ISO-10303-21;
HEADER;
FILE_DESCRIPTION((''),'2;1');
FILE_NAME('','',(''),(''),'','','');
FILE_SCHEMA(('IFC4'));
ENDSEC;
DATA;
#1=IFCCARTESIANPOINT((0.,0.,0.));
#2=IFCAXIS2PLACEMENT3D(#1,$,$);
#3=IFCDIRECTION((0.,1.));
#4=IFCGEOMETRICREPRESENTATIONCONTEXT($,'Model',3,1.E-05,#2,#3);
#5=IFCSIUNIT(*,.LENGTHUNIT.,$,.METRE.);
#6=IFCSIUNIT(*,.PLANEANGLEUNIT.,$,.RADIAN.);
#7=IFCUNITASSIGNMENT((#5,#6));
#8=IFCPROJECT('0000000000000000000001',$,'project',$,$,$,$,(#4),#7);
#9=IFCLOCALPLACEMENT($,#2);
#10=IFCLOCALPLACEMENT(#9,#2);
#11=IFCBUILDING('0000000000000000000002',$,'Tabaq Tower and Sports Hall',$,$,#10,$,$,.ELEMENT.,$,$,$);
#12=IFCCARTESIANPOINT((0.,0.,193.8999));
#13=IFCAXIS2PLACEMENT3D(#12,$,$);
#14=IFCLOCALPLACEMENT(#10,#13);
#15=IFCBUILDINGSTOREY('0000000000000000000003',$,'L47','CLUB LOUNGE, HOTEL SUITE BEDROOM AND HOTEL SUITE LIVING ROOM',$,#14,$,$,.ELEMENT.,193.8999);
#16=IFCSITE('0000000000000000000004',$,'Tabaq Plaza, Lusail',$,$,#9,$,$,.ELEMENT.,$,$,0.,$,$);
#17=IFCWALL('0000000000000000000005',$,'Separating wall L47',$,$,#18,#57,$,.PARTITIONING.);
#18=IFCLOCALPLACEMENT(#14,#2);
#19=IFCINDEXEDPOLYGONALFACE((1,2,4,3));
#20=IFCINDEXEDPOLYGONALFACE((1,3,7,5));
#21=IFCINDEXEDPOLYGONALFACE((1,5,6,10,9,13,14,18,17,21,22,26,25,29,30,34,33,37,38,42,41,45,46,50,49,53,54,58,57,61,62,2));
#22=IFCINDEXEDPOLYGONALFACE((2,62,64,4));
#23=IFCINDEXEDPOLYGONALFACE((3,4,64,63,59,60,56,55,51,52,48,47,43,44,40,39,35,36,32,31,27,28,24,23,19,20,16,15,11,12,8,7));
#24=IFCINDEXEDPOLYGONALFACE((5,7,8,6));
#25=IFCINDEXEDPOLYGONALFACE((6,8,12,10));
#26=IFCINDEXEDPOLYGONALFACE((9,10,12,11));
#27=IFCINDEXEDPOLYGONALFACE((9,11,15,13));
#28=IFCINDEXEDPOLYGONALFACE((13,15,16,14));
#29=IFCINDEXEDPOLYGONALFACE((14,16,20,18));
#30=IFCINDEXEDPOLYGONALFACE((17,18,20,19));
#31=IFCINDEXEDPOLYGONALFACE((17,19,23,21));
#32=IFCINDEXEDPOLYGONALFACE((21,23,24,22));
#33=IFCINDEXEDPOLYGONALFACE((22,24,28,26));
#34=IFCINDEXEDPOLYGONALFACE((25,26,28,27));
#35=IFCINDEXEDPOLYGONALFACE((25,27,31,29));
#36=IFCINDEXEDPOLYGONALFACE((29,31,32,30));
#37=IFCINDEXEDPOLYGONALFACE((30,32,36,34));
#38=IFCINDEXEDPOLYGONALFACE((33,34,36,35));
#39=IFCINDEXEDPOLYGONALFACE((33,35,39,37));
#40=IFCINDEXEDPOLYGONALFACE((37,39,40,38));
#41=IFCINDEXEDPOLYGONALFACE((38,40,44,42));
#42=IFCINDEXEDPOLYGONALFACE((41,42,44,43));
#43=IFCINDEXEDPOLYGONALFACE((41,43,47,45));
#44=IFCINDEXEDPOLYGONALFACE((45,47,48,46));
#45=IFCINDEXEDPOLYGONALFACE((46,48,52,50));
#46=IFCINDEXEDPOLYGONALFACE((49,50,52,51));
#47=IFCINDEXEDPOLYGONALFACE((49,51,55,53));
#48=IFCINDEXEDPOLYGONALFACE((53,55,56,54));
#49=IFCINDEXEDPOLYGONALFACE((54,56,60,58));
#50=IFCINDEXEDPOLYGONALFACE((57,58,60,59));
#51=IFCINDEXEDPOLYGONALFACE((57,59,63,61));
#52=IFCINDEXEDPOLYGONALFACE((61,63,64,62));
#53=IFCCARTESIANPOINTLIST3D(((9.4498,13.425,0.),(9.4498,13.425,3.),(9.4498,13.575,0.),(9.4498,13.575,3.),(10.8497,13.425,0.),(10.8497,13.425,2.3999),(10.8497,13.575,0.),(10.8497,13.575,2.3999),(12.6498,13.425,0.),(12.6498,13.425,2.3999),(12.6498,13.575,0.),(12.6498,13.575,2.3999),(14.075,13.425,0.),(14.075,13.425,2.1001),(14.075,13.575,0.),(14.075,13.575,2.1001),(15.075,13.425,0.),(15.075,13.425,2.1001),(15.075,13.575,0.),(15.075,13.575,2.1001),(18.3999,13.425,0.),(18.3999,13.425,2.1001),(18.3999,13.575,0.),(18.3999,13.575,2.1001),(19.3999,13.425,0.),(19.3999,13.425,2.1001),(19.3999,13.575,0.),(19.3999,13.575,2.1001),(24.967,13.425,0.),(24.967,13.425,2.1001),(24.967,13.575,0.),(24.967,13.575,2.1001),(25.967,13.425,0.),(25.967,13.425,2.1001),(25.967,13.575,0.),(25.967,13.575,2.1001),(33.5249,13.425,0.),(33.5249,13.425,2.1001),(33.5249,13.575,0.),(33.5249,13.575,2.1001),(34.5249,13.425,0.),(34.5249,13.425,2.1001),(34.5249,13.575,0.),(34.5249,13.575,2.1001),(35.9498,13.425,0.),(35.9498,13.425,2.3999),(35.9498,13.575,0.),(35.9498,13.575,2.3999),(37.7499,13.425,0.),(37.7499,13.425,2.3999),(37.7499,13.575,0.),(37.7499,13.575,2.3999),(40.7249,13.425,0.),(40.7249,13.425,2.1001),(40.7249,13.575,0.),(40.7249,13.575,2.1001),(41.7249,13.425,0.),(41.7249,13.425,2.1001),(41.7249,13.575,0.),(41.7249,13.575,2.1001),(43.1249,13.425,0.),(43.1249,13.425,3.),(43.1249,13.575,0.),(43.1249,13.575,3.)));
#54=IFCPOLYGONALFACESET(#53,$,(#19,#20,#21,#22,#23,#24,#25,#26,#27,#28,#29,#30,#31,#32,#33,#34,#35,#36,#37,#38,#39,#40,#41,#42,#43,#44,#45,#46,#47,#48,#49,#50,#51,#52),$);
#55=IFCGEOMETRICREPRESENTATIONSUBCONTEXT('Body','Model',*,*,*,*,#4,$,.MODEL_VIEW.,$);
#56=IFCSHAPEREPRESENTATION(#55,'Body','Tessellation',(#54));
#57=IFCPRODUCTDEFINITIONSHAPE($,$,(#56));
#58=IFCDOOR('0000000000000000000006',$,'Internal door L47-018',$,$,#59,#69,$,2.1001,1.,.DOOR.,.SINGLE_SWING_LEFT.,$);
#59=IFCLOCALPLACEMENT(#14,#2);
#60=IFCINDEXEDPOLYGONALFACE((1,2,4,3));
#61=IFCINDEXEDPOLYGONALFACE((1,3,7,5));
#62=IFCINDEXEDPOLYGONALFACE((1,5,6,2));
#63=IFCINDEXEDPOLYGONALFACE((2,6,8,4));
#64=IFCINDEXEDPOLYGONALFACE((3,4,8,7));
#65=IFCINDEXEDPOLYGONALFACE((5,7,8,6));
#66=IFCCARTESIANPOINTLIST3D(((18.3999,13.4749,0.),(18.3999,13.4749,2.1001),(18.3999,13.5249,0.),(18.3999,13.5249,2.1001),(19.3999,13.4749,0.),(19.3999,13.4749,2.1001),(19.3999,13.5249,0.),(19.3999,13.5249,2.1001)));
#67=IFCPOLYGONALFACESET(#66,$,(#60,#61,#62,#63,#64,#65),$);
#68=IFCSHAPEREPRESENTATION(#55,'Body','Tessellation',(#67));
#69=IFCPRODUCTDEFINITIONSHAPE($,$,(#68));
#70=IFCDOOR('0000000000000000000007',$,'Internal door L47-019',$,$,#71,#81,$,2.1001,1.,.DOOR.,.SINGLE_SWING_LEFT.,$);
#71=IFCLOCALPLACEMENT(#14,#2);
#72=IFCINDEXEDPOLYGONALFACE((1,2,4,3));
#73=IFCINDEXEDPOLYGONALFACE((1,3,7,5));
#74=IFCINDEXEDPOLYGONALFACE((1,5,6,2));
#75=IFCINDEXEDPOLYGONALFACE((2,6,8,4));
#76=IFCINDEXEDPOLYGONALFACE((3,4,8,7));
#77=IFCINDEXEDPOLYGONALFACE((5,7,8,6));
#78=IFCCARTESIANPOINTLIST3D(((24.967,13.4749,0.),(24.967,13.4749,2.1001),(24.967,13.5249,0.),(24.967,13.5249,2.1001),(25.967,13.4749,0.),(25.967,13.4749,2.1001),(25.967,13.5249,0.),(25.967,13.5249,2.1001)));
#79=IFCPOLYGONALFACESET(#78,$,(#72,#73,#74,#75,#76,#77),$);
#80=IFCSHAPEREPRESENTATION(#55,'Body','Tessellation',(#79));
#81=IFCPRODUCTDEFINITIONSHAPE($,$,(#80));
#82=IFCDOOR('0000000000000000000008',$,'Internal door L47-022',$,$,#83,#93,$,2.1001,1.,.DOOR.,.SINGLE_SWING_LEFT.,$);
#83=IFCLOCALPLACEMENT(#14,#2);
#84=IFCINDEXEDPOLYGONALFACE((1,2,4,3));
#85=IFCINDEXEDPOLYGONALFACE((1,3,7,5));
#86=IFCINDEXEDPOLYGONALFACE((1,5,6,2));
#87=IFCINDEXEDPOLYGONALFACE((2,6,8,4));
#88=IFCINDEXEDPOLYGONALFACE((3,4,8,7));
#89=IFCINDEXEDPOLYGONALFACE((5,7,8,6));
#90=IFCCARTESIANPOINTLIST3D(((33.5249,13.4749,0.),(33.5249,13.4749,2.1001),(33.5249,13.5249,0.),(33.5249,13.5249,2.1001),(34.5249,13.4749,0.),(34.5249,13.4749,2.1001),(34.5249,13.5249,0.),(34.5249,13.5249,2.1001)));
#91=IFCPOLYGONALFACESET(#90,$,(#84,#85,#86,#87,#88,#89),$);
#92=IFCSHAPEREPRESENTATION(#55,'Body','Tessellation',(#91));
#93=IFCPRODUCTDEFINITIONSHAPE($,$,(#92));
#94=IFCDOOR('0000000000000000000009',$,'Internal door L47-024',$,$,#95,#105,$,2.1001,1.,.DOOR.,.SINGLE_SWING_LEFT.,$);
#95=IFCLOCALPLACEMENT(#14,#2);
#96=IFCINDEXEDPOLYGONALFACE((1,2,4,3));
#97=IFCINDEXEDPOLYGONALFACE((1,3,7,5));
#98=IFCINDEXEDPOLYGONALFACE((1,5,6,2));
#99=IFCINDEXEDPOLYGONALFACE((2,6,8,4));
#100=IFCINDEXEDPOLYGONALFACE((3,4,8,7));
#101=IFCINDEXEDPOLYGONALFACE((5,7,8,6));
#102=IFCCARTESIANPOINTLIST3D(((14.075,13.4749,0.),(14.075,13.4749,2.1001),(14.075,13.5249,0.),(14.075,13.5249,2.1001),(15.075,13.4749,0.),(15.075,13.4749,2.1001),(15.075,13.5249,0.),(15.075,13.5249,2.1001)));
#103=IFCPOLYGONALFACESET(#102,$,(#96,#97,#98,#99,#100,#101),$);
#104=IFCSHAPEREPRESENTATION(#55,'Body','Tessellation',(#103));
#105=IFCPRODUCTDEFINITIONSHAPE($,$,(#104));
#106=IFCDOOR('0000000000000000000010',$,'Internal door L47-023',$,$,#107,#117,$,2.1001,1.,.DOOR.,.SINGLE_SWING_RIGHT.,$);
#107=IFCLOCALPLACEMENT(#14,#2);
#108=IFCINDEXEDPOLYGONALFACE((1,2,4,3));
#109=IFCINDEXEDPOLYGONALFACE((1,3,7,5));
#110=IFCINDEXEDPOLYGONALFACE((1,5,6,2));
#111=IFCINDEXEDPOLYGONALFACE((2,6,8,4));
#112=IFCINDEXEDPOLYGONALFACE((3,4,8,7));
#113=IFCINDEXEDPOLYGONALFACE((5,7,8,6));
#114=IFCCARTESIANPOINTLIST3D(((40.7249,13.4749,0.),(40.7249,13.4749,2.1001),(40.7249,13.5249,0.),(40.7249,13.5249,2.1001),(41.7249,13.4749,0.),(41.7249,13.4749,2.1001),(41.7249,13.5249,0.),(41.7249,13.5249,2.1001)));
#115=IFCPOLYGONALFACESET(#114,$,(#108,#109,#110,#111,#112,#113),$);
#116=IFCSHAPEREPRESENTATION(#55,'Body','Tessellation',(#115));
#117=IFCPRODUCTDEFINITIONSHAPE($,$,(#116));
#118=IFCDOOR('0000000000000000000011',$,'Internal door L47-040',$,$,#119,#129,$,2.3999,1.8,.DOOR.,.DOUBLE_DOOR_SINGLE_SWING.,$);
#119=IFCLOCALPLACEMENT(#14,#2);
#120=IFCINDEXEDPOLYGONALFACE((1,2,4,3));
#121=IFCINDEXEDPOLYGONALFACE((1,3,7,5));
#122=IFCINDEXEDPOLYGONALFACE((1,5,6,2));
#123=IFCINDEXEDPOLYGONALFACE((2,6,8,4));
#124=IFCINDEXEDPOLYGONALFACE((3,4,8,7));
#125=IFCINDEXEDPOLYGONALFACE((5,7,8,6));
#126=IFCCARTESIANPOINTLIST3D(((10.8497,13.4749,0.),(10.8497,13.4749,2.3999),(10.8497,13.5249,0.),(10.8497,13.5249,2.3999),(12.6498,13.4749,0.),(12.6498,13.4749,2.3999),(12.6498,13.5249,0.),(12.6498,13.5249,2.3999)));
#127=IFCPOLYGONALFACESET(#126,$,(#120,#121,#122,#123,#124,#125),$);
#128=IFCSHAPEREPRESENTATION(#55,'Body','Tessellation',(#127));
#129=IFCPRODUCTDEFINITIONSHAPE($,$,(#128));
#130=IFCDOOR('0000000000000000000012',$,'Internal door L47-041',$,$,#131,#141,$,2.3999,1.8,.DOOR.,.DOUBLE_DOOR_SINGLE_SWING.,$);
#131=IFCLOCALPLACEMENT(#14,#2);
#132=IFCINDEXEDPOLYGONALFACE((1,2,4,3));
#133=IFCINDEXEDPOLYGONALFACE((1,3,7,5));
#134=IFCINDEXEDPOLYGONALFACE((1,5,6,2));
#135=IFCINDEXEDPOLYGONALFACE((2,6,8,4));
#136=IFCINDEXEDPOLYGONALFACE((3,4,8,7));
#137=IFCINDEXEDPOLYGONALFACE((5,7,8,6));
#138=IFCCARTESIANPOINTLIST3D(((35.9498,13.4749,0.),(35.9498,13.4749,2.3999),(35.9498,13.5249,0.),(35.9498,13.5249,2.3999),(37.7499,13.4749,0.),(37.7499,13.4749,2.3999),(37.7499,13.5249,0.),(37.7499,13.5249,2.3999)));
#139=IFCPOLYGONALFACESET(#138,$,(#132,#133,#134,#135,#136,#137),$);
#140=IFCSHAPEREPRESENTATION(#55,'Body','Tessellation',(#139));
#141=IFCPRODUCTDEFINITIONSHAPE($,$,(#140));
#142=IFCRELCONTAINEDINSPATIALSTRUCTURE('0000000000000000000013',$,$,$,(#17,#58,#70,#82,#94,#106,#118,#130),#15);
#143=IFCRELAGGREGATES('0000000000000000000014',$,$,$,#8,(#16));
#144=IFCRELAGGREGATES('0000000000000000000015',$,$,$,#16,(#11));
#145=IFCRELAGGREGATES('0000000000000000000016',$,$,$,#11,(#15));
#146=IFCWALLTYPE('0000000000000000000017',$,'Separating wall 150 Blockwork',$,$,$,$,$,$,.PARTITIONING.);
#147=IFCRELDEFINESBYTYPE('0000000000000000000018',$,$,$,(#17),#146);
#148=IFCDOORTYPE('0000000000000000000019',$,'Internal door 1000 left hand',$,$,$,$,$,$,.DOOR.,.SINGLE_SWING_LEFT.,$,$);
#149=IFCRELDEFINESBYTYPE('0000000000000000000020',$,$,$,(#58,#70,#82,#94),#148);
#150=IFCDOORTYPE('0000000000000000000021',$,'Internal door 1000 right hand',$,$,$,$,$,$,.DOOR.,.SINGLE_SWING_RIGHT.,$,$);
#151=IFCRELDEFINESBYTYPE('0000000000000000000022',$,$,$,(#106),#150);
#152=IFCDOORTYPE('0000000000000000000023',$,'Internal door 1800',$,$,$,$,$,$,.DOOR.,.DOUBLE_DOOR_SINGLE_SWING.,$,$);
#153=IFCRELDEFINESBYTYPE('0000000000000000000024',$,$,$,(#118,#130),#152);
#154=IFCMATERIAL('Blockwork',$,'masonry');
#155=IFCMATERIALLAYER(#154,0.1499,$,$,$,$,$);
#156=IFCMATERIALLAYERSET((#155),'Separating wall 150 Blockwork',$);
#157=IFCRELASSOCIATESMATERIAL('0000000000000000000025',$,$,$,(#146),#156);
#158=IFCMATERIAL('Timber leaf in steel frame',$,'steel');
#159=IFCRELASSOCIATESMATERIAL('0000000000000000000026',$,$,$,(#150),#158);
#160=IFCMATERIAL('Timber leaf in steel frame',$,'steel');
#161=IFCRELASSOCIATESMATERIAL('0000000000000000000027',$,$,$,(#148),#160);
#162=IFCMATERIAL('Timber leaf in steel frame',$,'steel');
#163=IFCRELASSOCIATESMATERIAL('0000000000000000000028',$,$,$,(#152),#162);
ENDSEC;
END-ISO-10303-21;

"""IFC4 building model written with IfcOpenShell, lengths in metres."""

from ifc_helpers import new_model, si_unit, direction, frame, frame_2d, origin, place, context, subcontext, project, spatial, rectangle, extrude, material, layer, layer_set, type_object, element, fill, save


model = new_model("IFC4")

# Units and contexts
model_context = context("Model", 3, precision=1e-05, world=origin(), true_north=direction((0.0, 1.0)))
body_context = subcontext(model_context, "Body", "Model", "MODEL_VIEW")
ifc_project = project(units=[si_unit("LENGTHUNIT", "METRE"), si_unit("PLANEANGLEUNIT", "RADIAN")], contexts=[model_context])

# Site, building, storey
site_placement = place(None, origin())
site = spatial("IfcSite", under=ifc_project, at=site_placement, Name="Tabaq Plaza, Lusail", CompositionType="ELEMENT", RefElevation=0.0)
building_placement = place(site_placement, origin())
building = spatial("IfcBuilding", under=site, at=building_placement, Name="Tabaq Tower and Sports Hall", CompositionType="ELEMENT")
storey_placement = place(building_placement, frame((0.0, 0.0, 193.8999)))
storey = spatial("IfcBuildingStorey", under=building, at=storey_placement, Name="L47", Description="CLUB LOUNGE, HOTEL SUITE BEDROOM AND HOTEL SUITE LIVING ROOM", CompositionType="ELEMENT", Elevation=193.8999)

# Wall, openings, doors
ifc_material_1 = material(Name="Blockwork", Category="masonry")
ifc_layer_1 = layer(ifc_material_1, 0.1499)
ifc_layer_set_1 = layer_set([ifc_layer_1], Name="Separating wall 150 Blockwork")
wall_type_1 = type_object("IfcWallType", Name="Separating wall 150 Blockwork", PredefinedType="PARTITIONING", material=ifc_layer_set_1)
ifc_material_2 = material(Name="Timber leaf in steel frame", Category="steel")
door_type_1 = type_object("IfcDoorType", Name="Internal door 1000 right hand", OperationType="SINGLE_SWING_RIGHT", PredefinedType="DOOR", material=ifc_material_2)
wall_1_placement = place(storey_placement, frame((9.45, 13.5, 0.0), z_axis=(0.0, 0.0, 1.0), x_axis=(1.0, 0.0, 0.0)))
wall_1 = element("IfcWall", 1, at=wall_1_placement, inside=storey, type_object=wall_type_1, Name="Separating wall L47", PredefinedType="PARTITIONING", context=body_context, shape_type="SweptSolid", body=[
    extrude(rectangle(XDim=33.675, YDim=0.1499, at=frame_2d((16.8374, 0.0))), origin(), (0.0, 0.0, 1.0), 3.0),
])
opening_1_placement = place(wall_1_placement, frame((8.95, 0.0, 0.0)))
opening_1 = element("IfcOpeningElement", 2, at=opening_1_placement, cuts=wall_1, PredefinedType="OPENING", context=body_context, shape_type="SweptSolid", body=[
    extrude(rectangle(XDim=1.0, YDim=2.1001, at=frame_2d((0.5, 1.05))), frame((0.0, 0.075, 0.0), z_axis=(0.0, -1.0, 0.0), x_axis=(1.0, 0.0, 0.0)), (0.0, 0.0, 1.0), 0.1499),
])
opening_2_placement = place(wall_1_placement, frame((15.5171, 0.0, 0.0)))
opening_2 = element("IfcOpeningElement", 3, at=opening_2_placement, cuts=wall_1, PredefinedType="OPENING", context=body_context, shape_type="SweptSolid", body=[
    extrude(rectangle(XDim=1.0, YDim=2.1001, at=frame_2d((0.5, 1.05))), frame((0.0, 0.075, 0.0), z_axis=(0.0, -1.0, 0.0), x_axis=(1.0, 0.0, 0.0)), (0.0, 0.0, 1.0), 0.1499),
])
opening_3_placement = place(wall_1_placement, frame((24.075, 0.0, 0.0)))
opening_3 = element("IfcOpeningElement", 4, at=opening_3_placement, cuts=wall_1, PredefinedType="OPENING", context=body_context, shape_type="SweptSolid", body=[
    extrude(rectangle(XDim=1.0, YDim=2.1001, at=frame_2d((0.5, 1.05))), frame((0.0, 0.075, 0.0), z_axis=(0.0, -1.0, 0.0), x_axis=(1.0, 0.0, 0.0)), (0.0, 0.0, 1.0), 0.1499),
])
opening_4_placement = place(wall_1_placement, frame((31.2749, 0.0, 0.0)))
opening_4 = element("IfcOpeningElement", 5, at=opening_4_placement, cuts=wall_1, PredefinedType="OPENING", context=body_context, shape_type="SweptSolid", body=[
    extrude(rectangle(XDim=1.0, YDim=2.1001, at=frame_2d((0.5, 1.05))), frame((0.0, 0.075, 0.0), z_axis=(0.0, -1.0, 0.0), x_axis=(1.0, 0.0, 0.0)), (0.0, 0.0, 1.0), 0.1499),
])
opening_5_placement = place(wall_1_placement, frame((4.625, 0.0, 0.0)))
opening_5 = element("IfcOpeningElement", 6, at=opening_5_placement, cuts=wall_1, PredefinedType="OPENING", context=body_context, shape_type="SweptSolid", body=[
    extrude(rectangle(XDim=1.0, YDim=2.1001, at=frame_2d((0.5, 1.05))), frame((0.0, 0.075, 0.0), z_axis=(0.0, -1.0, 0.0), x_axis=(1.0, 0.0, 0.0)), (0.0, 0.0, 1.0), 0.1499),
])
opening_6_placement = place(wall_1_placement, frame((1.3999, 0.0, 0.0)))
opening_6 = element("IfcOpeningElement", 7, at=opening_6_placement, cuts=wall_1, PredefinedType="OPENING", context=body_context, shape_type="SweptSolid", body=[
    extrude(rectangle(XDim=1.8, YDim=2.3999, at=frame_2d((0.8999, 1.2))), frame((0.0, 0.075, 0.0), z_axis=(0.0, -1.0, 0.0), x_axis=(1.0, 0.0, 0.0)), (0.0, 0.0, 1.0), 0.1499),
])
opening_7_placement = place(wall_1_placement, frame((26.5, 0.0, 0.0)))
opening_7 = element("IfcOpeningElement", 8, at=opening_7_placement, cuts=wall_1, PredefinedType="OPENING", context=body_context, shape_type="SweptSolid", body=[
    extrude(rectangle(XDim=1.8, YDim=2.3999, at=frame_2d((0.8999, 1.2))), frame((0.0, 0.075, 0.0), z_axis=(0.0, -1.0, 0.0), x_axis=(1.0, 0.0, 0.0)), (0.0, 0.0, 1.0), 0.1499),
])
ifc_material_3 = material(Name="Timber leaf in steel frame", Category="steel")
door_type_2 = type_object("IfcDoorType", Name="Internal door 1000 left hand", OperationType="SINGLE_SWING_LEFT", PredefinedType="DOOR", material=ifc_material_3)
door_1_placement = place(opening_1_placement, origin())
door_1 = element("IfcDoor", 9, at=door_1_placement, inside=storey, type_object=door_type_2, Name="Internal door L47-018", OperationType="SINGLE_SWING_LEFT", OverallHeight=2.1001, OverallWidth=1.0, PredefinedType="DOOR", context=body_context, shape_type="SweptSolid", body=[
    extrude(rectangle(XDim=1.0, YDim=2.1001, at=frame_2d((0.5, 1.05))), frame((0.0, 0.0249, 0.0), z_axis=(0.0, -1.0, 0.0), x_axis=(1.0, 0.0, 0.0)), (0.0, 0.0, 1.0), 0.05),
])
fill(opening_1, door_1)
door_2_placement = place(opening_2_placement, origin())
door_2 = element("IfcDoor", 10, at=door_2_placement, inside=storey, type_object=door_type_2, Name="Internal door L47-019", OperationType="SINGLE_SWING_LEFT", OverallHeight=2.1001, OverallWidth=1.0, PredefinedType="DOOR", context=body_context, shape_type="SweptSolid", body=[
    extrude(rectangle(XDim=1.0, YDim=2.1001, at=frame_2d((0.5, 1.05))), frame((0.0, 0.0249, 0.0), z_axis=(0.0, -1.0, 0.0), x_axis=(1.0, 0.0, 0.0)), (0.0, 0.0, 1.0), 0.05),
])
fill(opening_2, door_2)
door_3_placement = place(opening_3_placement, origin())
door_3 = element("IfcDoor", 11, at=door_3_placement, inside=storey, type_object=door_type_2, Name="Internal door L47-022", OperationType="SINGLE_SWING_LEFT", OverallHeight=2.1001, OverallWidth=1.0, PredefinedType="DOOR", context=body_context, shape_type="SweptSolid", body=[
    extrude(rectangle(XDim=1.0, YDim=2.1001, at=frame_2d((0.5, 1.05))), frame((0.0, 0.0249, 0.0), z_axis=(0.0, -1.0, 0.0), x_axis=(1.0, 0.0, 0.0)), (0.0, 0.0, 1.0), 0.05),
])
fill(opening_3, door_3)
door_4_placement = place(opening_5_placement, origin())
door_4 = element("IfcDoor", 12, at=door_4_placement, inside=storey, type_object=door_type_2, Name="Internal door L47-024", OperationType="SINGLE_SWING_LEFT", OverallHeight=2.1001, OverallWidth=1.0, PredefinedType="DOOR", context=body_context, shape_type="SweptSolid", body=[
    extrude(rectangle(XDim=1.0, YDim=2.1001, at=frame_2d((0.5, 1.05))), frame((0.0, 0.0249, 0.0), z_axis=(0.0, -1.0, 0.0), x_axis=(1.0, 0.0, 0.0)), (0.0, 0.0, 1.0), 0.05),
])
fill(opening_5, door_4)
door_5_placement = place(opening_4_placement, origin())
door_5 = element("IfcDoor", 13, at=door_5_placement, inside=storey, type_object=door_type_1, Name="Internal door L47-023", OperationType="SINGLE_SWING_RIGHT", OverallHeight=2.1001, OverallWidth=1.0, PredefinedType="DOOR", context=body_context, shape_type="SweptSolid", body=[
    extrude(rectangle(XDim=1.0, YDim=2.1001, at=frame_2d((0.5, 1.05))), frame((0.0, 0.0249, 0.0), z_axis=(0.0, -1.0, 0.0), x_axis=(1.0, 0.0, 0.0)), (0.0, 0.0, 1.0), 0.05),
])
fill(opening_4, door_5)
ifc_material_4 = material(Name="Timber leaf in steel frame", Category="steel")
door_type_3 = type_object("IfcDoorType", Name="Internal door 1800", OperationType="DOUBLE_DOOR_SINGLE_SWING", PredefinedType="DOOR", material=ifc_material_4)
door_6_placement = place(opening_6_placement, origin())
door_6 = element("IfcDoor", 14, at=door_6_placement, inside=storey, type_object=door_type_3, Name="Internal door L47-040", OperationType="DOUBLE_DOOR_SINGLE_SWING", OverallHeight=2.3999, OverallWidth=1.8, PredefinedType="DOOR", context=body_context, shape_type="SweptSolid", body=[
    extrude(rectangle(XDim=1.8, YDim=2.3999, at=frame_2d((0.8999, 1.2))), frame((0.0, 0.0249, 0.0), z_axis=(0.0, -1.0, 0.0), x_axis=(1.0, 0.0, 0.0)), (0.0, 0.0, 1.0), 0.05),
])
fill(opening_6, door_6)
door_7_placement = place(opening_7_placement, origin())
door_7 = element("IfcDoor", 15, at=door_7_placement, inside=storey, type_object=door_type_3, Name="Internal door L47-041", OperationType="DOUBLE_DOOR_SINGLE_SWING", OverallHeight=2.3999, OverallWidth=1.8, PredefinedType="DOOR", context=body_context, shape_type="SweptSolid", body=[
    extrude(rectangle(XDim=1.8, YDim=2.3999, at=frame_2d((0.8999, 1.2))), frame((0.0, 0.0249, 0.0), z_axis=(0.0, -1.0, 0.0), x_axis=(1.0, 0.0, 0.0)), (0.0, 0.0, 1.0), 0.05),
])
fill(opening_7, door_7)

save(model, "model.ifc")
